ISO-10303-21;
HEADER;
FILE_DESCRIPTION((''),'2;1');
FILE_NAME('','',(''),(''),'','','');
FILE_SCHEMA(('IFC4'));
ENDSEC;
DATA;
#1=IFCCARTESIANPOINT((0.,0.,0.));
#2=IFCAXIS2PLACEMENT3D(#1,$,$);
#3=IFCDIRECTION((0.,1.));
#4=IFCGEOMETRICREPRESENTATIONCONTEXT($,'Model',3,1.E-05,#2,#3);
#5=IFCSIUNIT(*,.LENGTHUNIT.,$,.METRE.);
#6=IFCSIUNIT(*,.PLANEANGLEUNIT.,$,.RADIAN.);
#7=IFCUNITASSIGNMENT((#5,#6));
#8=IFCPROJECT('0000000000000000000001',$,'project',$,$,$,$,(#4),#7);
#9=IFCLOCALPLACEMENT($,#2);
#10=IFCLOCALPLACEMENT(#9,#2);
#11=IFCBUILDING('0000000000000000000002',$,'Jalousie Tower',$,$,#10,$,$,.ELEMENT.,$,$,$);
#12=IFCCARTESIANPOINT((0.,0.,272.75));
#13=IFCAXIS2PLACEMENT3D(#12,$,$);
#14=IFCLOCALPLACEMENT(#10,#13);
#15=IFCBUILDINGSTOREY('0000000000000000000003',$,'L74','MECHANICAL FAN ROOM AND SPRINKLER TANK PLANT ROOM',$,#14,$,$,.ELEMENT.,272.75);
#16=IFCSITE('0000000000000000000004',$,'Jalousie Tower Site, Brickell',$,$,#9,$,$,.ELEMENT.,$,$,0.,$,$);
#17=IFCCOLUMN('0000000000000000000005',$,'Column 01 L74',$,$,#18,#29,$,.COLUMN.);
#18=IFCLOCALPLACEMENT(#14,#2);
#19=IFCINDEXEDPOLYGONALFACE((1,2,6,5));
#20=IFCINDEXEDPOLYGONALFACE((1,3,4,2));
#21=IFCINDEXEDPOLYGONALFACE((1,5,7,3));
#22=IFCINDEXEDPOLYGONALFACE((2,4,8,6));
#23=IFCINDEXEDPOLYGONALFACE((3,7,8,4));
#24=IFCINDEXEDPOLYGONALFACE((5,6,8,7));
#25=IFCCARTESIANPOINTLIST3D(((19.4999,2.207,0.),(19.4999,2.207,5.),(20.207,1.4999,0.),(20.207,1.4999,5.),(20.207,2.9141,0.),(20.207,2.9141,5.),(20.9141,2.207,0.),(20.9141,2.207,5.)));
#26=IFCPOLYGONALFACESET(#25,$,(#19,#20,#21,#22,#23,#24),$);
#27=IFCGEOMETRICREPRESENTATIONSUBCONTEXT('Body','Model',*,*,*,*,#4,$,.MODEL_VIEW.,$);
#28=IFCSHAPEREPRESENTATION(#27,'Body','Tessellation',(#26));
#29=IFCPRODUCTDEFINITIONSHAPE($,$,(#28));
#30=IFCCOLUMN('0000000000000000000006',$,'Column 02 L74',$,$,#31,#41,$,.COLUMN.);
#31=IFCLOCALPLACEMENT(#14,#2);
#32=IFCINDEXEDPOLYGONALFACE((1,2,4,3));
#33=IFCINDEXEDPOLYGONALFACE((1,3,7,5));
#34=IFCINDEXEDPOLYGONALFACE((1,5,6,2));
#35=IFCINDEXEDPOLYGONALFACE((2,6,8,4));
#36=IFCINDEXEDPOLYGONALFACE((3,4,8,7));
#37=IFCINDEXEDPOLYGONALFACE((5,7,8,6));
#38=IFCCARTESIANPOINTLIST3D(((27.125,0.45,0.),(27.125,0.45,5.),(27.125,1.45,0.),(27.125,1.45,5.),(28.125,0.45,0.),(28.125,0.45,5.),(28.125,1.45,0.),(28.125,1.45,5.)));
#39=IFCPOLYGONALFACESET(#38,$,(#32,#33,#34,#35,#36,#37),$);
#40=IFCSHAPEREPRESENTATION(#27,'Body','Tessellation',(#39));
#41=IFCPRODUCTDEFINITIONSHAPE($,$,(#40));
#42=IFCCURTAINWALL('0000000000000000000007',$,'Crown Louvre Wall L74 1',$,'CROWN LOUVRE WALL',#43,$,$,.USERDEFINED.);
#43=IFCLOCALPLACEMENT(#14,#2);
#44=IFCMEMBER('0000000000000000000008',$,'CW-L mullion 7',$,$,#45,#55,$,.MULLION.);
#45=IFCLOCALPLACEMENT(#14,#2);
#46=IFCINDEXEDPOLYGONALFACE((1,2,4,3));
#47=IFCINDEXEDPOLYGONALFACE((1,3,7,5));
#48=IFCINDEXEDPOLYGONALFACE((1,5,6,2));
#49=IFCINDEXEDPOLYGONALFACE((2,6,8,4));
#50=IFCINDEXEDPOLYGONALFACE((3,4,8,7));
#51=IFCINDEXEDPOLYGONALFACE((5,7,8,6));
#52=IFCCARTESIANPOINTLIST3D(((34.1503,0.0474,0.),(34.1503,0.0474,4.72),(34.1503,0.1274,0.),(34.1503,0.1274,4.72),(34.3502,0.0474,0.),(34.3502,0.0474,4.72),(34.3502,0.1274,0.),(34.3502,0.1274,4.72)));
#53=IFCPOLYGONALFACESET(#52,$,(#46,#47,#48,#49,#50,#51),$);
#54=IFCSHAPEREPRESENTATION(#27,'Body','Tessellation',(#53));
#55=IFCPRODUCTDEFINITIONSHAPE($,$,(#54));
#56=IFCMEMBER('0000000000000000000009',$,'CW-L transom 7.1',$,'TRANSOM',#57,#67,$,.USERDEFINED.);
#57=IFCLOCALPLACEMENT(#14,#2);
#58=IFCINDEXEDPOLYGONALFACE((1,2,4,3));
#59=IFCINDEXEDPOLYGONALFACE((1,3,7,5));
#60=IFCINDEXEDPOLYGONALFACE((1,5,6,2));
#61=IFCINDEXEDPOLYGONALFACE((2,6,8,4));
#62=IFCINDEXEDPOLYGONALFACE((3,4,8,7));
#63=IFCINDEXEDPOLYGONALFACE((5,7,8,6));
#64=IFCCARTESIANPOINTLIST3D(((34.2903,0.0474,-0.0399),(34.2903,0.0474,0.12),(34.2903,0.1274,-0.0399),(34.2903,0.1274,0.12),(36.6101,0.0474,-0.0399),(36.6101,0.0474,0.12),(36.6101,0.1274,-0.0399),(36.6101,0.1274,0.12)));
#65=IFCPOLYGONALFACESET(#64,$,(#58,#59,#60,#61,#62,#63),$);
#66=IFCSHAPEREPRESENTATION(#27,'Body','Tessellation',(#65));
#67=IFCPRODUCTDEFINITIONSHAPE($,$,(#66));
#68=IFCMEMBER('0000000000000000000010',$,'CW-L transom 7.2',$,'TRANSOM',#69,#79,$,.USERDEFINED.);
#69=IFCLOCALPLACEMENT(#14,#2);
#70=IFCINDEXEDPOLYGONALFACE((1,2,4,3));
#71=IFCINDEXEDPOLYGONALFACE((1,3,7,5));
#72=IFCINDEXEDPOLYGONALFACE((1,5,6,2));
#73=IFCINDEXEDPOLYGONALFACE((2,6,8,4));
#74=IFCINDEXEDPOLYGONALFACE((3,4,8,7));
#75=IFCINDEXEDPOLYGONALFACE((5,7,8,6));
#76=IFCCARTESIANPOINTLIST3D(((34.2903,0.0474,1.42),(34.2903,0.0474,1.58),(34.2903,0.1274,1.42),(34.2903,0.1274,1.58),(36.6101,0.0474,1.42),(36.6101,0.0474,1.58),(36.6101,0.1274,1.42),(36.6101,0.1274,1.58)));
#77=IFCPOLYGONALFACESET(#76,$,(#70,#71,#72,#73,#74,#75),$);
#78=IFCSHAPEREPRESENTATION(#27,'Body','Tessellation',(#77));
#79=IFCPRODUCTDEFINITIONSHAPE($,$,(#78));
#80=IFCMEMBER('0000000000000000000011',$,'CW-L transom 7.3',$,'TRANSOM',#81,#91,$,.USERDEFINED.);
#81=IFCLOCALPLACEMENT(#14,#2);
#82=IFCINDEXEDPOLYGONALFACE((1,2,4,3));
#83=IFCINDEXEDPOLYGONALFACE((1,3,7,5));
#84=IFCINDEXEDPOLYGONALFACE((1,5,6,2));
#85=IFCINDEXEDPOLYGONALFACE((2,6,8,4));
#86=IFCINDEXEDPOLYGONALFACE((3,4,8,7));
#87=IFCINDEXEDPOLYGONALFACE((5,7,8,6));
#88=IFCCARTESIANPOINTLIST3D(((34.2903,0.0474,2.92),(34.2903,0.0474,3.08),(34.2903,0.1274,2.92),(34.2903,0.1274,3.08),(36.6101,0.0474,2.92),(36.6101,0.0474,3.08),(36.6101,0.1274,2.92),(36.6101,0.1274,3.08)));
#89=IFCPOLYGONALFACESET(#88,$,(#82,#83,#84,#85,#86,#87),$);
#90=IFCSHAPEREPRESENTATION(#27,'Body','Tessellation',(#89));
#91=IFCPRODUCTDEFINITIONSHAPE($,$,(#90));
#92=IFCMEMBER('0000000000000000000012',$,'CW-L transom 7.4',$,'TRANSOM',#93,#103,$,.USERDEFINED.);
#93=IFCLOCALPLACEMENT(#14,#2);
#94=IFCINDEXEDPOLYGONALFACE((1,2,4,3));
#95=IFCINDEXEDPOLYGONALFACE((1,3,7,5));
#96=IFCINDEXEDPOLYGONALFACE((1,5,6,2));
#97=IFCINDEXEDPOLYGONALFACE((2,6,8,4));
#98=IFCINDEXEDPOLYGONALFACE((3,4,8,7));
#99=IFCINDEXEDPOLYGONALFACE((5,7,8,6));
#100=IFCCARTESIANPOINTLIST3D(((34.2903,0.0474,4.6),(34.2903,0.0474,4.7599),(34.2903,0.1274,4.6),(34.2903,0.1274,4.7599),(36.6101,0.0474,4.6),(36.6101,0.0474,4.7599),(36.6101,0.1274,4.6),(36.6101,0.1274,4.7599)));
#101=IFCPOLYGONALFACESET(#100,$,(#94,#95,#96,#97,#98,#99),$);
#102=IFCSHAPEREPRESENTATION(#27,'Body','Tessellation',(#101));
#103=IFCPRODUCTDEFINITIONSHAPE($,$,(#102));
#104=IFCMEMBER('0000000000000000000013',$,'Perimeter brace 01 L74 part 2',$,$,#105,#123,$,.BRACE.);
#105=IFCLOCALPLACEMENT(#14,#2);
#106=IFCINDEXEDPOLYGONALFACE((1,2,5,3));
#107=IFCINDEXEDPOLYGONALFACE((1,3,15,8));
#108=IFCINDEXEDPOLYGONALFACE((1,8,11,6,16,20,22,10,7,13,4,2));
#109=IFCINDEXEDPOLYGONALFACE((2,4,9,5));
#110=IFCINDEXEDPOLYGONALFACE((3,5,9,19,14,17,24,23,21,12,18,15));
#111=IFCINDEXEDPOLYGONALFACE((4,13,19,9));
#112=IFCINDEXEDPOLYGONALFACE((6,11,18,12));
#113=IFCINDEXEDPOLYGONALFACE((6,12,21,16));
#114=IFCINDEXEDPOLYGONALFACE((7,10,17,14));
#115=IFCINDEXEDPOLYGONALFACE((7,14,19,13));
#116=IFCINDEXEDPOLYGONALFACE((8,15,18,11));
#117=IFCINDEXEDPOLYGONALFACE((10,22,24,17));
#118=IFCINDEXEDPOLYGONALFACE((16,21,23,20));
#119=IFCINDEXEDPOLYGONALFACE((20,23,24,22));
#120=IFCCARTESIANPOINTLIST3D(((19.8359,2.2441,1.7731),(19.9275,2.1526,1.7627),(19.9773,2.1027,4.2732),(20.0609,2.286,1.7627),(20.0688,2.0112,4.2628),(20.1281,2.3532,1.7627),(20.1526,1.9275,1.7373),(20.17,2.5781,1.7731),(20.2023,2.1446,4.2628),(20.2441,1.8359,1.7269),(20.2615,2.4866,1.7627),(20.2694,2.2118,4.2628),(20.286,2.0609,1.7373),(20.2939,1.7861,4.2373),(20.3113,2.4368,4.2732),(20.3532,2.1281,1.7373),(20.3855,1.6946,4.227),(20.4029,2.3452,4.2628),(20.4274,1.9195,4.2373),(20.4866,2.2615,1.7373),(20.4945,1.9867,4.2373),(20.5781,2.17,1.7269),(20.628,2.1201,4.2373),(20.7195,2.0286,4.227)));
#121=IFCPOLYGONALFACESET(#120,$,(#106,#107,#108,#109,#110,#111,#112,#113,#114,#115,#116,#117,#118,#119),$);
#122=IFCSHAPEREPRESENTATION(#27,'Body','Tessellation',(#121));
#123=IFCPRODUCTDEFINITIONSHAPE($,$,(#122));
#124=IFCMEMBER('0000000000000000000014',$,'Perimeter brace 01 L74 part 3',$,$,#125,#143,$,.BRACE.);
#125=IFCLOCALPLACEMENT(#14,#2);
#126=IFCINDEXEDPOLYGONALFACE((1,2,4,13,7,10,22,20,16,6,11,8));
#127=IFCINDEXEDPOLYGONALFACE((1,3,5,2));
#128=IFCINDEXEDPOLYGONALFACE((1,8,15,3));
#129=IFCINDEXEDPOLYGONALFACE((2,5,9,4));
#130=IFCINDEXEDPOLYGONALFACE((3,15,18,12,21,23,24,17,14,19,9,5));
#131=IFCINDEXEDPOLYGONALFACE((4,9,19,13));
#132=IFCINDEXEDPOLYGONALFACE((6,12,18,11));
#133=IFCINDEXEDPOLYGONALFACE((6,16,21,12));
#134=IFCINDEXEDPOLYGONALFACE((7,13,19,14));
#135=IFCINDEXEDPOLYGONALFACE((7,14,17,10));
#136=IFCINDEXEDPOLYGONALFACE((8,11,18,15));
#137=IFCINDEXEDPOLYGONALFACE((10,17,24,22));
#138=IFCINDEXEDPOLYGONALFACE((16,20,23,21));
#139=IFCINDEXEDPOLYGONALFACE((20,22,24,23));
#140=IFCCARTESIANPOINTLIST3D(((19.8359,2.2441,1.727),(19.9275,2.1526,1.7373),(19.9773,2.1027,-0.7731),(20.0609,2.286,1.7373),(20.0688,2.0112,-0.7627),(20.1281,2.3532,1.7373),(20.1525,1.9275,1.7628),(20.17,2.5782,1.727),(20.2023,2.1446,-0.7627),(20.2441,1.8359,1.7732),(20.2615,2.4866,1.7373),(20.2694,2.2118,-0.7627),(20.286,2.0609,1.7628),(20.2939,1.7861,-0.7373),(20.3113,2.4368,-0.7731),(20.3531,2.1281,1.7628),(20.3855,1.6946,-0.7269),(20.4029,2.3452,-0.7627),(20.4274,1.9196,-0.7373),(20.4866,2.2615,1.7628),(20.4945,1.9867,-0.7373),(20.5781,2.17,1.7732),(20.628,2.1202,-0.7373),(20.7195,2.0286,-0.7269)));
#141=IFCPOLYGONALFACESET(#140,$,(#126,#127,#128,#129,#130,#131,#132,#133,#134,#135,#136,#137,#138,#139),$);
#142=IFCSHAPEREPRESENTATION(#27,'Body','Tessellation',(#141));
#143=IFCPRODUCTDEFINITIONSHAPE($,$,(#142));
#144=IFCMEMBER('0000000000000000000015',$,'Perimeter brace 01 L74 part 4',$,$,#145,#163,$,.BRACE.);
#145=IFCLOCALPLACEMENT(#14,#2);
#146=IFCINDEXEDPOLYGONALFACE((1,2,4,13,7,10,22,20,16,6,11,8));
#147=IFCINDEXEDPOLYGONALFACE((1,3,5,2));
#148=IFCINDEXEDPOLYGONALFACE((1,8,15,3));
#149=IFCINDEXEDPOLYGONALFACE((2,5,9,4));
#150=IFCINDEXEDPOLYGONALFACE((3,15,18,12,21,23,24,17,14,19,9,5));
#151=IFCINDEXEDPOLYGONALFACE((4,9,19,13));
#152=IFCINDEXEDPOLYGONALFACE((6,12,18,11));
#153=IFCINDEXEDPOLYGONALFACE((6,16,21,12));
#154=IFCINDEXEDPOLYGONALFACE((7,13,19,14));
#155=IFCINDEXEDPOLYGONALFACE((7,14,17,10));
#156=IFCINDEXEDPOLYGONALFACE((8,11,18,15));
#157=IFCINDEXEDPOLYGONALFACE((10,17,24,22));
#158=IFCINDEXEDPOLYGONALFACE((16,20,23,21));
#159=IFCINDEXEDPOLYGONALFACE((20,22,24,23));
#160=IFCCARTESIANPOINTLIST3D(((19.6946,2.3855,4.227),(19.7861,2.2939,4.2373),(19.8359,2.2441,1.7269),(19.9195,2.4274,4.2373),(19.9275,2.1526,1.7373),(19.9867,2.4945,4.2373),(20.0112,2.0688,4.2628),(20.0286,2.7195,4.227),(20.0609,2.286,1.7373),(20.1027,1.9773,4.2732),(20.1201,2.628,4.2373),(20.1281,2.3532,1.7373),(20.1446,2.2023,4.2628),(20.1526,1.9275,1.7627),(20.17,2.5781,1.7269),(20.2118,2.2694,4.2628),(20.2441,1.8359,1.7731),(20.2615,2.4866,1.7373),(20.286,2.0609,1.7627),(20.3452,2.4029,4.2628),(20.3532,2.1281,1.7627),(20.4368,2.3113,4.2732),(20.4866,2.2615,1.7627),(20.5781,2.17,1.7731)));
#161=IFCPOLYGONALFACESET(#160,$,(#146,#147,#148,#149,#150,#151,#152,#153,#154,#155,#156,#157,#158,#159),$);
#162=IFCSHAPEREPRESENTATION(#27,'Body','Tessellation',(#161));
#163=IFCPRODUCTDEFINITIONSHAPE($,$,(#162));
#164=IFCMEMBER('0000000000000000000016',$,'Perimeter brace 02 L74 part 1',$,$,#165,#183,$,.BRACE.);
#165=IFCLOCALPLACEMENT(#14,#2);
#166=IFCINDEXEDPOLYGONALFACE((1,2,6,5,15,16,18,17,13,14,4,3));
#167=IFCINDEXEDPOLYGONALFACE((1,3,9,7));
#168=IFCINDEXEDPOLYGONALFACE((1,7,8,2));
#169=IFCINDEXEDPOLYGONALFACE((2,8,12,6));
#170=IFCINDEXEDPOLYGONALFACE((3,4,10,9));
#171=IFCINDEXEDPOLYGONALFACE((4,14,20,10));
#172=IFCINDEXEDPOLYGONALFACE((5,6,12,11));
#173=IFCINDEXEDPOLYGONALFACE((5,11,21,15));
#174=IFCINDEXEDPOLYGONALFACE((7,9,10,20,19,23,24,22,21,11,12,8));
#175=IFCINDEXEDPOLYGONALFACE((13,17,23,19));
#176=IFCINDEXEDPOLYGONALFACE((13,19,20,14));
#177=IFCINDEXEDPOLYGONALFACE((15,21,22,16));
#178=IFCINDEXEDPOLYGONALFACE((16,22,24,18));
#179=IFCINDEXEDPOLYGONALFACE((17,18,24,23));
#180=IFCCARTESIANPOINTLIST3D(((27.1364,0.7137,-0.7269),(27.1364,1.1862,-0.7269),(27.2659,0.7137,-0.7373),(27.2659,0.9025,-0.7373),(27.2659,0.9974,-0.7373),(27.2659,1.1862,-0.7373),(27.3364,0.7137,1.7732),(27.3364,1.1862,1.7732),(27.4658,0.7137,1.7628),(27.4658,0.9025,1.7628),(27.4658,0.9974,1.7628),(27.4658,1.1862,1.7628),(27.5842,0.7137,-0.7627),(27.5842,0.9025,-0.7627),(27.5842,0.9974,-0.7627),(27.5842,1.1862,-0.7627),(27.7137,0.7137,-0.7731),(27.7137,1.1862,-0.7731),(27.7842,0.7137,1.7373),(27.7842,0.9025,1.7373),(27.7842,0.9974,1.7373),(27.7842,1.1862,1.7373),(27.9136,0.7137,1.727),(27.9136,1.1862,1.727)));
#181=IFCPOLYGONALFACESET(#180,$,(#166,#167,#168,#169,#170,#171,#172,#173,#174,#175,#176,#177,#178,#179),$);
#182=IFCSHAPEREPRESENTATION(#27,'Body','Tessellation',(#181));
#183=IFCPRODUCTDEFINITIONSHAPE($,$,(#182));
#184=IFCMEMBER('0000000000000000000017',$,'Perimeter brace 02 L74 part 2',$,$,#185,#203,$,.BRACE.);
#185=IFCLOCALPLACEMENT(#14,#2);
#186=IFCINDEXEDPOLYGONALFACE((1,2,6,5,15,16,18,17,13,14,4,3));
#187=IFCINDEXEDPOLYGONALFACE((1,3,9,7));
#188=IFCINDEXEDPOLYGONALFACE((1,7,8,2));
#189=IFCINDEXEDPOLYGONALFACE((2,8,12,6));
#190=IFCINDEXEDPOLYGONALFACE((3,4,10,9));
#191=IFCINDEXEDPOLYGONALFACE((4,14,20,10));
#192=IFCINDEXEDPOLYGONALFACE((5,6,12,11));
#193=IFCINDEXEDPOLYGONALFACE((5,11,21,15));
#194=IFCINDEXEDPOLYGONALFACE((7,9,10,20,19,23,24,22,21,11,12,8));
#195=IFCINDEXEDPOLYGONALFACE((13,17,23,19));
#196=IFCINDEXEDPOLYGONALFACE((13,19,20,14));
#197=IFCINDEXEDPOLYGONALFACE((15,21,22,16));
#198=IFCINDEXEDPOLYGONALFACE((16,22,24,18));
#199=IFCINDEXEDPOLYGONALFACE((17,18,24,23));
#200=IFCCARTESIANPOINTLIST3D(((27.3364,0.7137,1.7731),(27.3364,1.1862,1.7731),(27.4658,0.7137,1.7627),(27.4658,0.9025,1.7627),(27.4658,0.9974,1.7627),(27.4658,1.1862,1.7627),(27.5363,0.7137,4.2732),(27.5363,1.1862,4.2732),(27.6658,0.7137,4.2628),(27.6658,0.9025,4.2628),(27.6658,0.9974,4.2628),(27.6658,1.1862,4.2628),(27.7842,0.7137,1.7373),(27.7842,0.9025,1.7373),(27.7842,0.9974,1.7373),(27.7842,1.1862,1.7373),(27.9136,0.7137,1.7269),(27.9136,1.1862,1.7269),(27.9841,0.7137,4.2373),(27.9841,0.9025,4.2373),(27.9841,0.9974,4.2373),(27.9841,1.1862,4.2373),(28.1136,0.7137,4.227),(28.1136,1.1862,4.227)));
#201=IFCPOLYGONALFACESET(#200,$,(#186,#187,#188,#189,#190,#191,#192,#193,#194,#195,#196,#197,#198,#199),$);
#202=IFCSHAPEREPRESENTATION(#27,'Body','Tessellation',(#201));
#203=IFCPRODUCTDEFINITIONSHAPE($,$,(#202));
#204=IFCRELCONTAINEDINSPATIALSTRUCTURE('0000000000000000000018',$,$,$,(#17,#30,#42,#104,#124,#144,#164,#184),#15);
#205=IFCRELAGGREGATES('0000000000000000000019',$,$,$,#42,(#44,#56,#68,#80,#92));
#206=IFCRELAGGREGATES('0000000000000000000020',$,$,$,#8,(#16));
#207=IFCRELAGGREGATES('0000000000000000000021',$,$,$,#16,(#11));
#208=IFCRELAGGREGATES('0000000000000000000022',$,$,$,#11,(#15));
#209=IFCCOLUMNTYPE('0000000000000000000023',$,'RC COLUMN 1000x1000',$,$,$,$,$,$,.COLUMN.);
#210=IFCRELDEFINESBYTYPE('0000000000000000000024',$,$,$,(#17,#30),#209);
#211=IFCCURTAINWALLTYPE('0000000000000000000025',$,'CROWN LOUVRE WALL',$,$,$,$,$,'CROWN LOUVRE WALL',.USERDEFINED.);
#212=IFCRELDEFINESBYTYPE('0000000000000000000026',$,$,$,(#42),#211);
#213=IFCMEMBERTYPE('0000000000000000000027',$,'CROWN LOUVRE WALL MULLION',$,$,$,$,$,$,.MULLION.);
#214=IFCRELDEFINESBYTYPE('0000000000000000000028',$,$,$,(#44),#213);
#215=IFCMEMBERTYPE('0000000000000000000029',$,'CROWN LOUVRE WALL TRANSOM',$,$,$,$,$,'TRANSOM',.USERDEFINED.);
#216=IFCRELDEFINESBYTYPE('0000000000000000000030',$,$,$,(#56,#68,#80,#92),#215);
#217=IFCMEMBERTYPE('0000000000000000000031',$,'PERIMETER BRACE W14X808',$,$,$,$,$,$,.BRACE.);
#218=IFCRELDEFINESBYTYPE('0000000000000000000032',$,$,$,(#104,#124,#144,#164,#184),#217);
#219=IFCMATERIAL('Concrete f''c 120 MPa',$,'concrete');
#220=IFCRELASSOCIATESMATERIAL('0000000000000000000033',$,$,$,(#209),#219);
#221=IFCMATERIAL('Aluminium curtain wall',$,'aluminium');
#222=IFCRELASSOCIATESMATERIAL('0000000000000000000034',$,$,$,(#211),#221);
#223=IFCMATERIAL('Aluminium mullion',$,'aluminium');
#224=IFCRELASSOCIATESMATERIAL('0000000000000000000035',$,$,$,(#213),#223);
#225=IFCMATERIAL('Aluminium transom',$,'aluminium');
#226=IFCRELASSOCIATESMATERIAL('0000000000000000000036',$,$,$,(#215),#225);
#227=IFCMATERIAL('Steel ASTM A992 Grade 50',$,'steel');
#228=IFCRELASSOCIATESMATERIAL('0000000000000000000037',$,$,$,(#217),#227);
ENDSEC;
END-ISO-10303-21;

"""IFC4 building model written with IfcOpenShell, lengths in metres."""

from ifc_helpers import new_model, si_unit, direction, frame, origin, origin_2d, place, context, subcontext, project, spatial, rectangle, i_section, extrude, material, material_profile, profile_set, type_object, element, aggregate, save


model = new_model("IFC4")

# Units and contexts
model_context = context("Model", 3, precision=1e-05, world=origin(), true_north=direction((0.0, 1.0)))
body_context = subcontext(model_context, "Body", "Model", "MODEL_VIEW")
ifc_project = project(units=[si_unit("LENGTHUNIT", "METRE"), si_unit("PLANEANGLEUNIT", "RADIAN")], contexts=[model_context])

# Site, building, storey
site_placement = place(None, origin())
site = spatial("IfcSite", under=ifc_project, at=site_placement, Name="Jalousie Tower Site, Brickell", CompositionType="ELEMENT", RefElevation=0.0)
building_placement = place(site_placement, origin())
building = spatial("IfcBuilding", under=site, at=building_placement, Name="Jalousie Tower", CompositionType="ELEMENT")
storey_placement = place(building_placement, frame((0.0, 0.0, 272.75)))
storey = spatial("IfcBuildingStorey", under=building, at=storey_placement, Name="L74", Description="MECHANICAL FAN ROOM AND SPRINKLER TANK PLANT ROOM", CompositionType="ELEMENT", Elevation=272.75)

# Columns
ifc_material_1 = material(Name="Concrete f'c 120 MPa", Category="concrete")
ifc_material_profile_1 = material_profile(ifc_material_1, rectangle(XDim=1.0, YDim=1.0, at=origin_2d()), Name="RC 1000x1000")
ifc_profile_set_1 = profile_set([ifc_material_profile_1], Name="Concrete f'c 120 MPa")
column_type = type_object("IfcColumnType", Name="RC COLUMN 1000x1000", PredefinedType="COLUMN", material=ifc_profile_set_1)
for number, where, z_axis, x_axis, name in (
    (1, (20.207, 2.207, 0.0), (0.0, 0.0, 1.0), (0.707107, 0.707107, 0.0), "Column 01 L74"),
    (2, (27.625, 0.95, 0.0), (0.0, 0.0, 1.0), (1.0, 0.0, 0.0), "Column 02 L74"),
):
    element("IfcColumn", number, at=place(storey_placement, frame(where, z_axis=z_axis, x_axis=x_axis)), inside=storey, type_object=column_type, Name=name, PredefinedType="COLUMN", context=body_context, shape_type="SweptSolid", body=[
        extrude(rectangle(XDim=1.0, YDim=1.0, at=origin_2d()), origin(), (0.0, 0.0, 1.0), 5.0),
    ])

# Curtain wall, members
ifc_material_2 = material(Name="Aluminium curtain wall", Category="aluminium")
curtain_wall_type = type_object("IfcCurtainWallType", Name="CROWN LOUVRE WALL", ElementType="CROWN LOUVRE WALL", PredefinedType="USERDEFINED", material=ifc_material_2)
curtain_wall_placement = place(storey_placement, origin())
curtain_wall = element("IfcCurtainWall", 3, at=curtain_wall_placement, inside=storey, type_object=curtain_wall_type, Name="Crown Louvre Wall L74 1", ObjectType="CROWN LOUVRE WALL", PredefinedType="USERDEFINED")
ifc_material_3 = material(Name="Aluminium mullion", Category="aluminium")
ifc_material_profile_2 = material_profile(ifc_material_3, rectangle(XDim=0.0801, YDim=0.2, at=origin_2d()), Name="MULLION 80x200")
ifc_profile_set_2 = profile_set([ifc_material_profile_2], Name="Aluminium mullion")
member_type_1 = type_object("IfcMemberType", Name="CROWN LOUVRE WALL MULLION", PredefinedType="MULLION", material=ifc_profile_set_2)
member_1_placement = place(storey_placement, frame((34.2502, 0.0874, 0.0), z_axis=(0.0, 0.0, 1.0), x_axis=(0.0, 1.0, 0.0)))
member_1 = element("IfcMember", 4, at=member_1_placement, type_object=member_type_1, Name="CW-L mullion 7", PredefinedType="MULLION", context=body_context, shape_type="SweptSolid", body=[
    extrude(rectangle(XDim=0.0801, YDim=0.2, at=origin_2d()), origin(), (0.0, 0.0, 1.0), 4.72),
])
ifc_material_4 = material(Name="Aluminium transom", Category="aluminium")
ifc_material_profile_3 = material_profile(ifc_material_4, rectangle(XDim=0.0801, YDim=0.1599, at=origin_2d()), Name="TRANSOM 80x160")
ifc_profile_set_3 = profile_set([ifc_material_profile_3], Name="Aluminium transom")
member_type_2 = type_object("IfcMemberType", Name="CROWN LOUVRE WALL TRANSOM", ElementType="TRANSOM", PredefinedType="USERDEFINED", material=ifc_profile_set_3)
member_2_placement = place(storey_placement, frame((34.2903, 0.0874, 0.04), z_axis=(1.0, 0.0, 0.0), x_axis=(0.0, 1.0, 0.0)))
member_2 = element("IfcMember", 5, at=member_2_placement, type_object=member_type_2, Name="CW-L transom 7.1", ObjectType="TRANSOM", PredefinedType="USERDEFINED", context=body_context, shape_type="SweptSolid", body=[
    extrude(rectangle(XDim=0.0801, YDim=0.1599, at=origin_2d()), origin(), (0.0, 0.0, 1.0), 2.3198),
])
member_3_placement = place(storey_placement, frame((34.2903, 0.0874, 1.5), z_axis=(1.0, 0.0, 0.0), x_axis=(0.0, 1.0, 0.0)))
member_3 = element("IfcMember", 6, at=member_3_placement, type_object=member_type_2, Name="CW-L transom 7.2", ObjectType="TRANSOM", PredefinedType="USERDEFINED", context=body_context, shape_type="SweptSolid", body=[
    extrude(rectangle(XDim=0.0801, YDim=0.1599, at=origin_2d()), origin(), (0.0, 0.0, 1.0), 2.3198),
])
member_4_placement = place(storey_placement, frame((34.2903, 0.0874, 3.0), z_axis=(1.0, 0.0, 0.0), x_axis=(0.0, 1.0, 0.0)))
member_4 = element("IfcMember", 7, at=member_4_placement, type_object=member_type_2, Name="CW-L transom 7.3", ObjectType="TRANSOM", PredefinedType="USERDEFINED", context=body_context, shape_type="SweptSolid", body=[
    extrude(rectangle(XDim=0.0801, YDim=0.1599, at=origin_2d()), origin(), (0.0, 0.0, 1.0), 2.3198),
])
member_5_placement = place(storey_placement, frame((34.2903, 0.0874, 4.6799), z_axis=(1.0, 0.0, 0.0), x_axis=(0.0, 1.0, 0.0)))
member_5 = element("IfcMember", 8, at=member_5_placement, type_object=member_type_2, Name="CW-L transom 7.4", ObjectType="TRANSOM", PredefinedType="USERDEFINED", context=body_context, shape_type="SweptSolid", body=[
    extrude(rectangle(XDim=0.0801, YDim=0.1599, at=origin_2d()), origin(), (0.0, 0.0, 1.0), 2.3198),
])

# Members
ifc_material_5 = material(Name="Steel ASTM A992 Grade 50", Category="steel")
ifc_material_profile_4 = material_profile(ifc_material_5, i_section(OverallWidth=0.4724, OverallDepth=0.5791, WebThickness=0.095, FlangeThickness=0.1299, at=origin_2d()), Name="W14X808")
ifc_profile_set_4 = profile_set([ifc_material_profile_4], Name="Steel ASTM A992 Grade 50")
member_type_3 = type_object("IfcMemberType", Name="PERIMETER BRACE W14X808", PredefinedType="BRACE", material=ifc_profile_set_4)
for number, where, z_axis, x_axis, name in (
    (9, (20.207, 2.207, 1.75), (0.056363, -0.056363, 0.996818), (0.707107, 0.707107, 0.0), "Perimeter brace 01 L74 part 2"),
    (10, (20.3484, 2.0657, -0.75), (-0.056363, 0.056363, 0.996818), (-0.707107, -0.707107, 0.0), "Perimeter brace 01 L74 part 3"),
    (11, (20.207, 2.207, 1.75), (-0.056363, 0.056363, 0.996818), (-0.707107, -0.707107, 0.0), "Perimeter brace 01 L74 part 4"),
    (12, (27.425, 0.95, -0.75), (0.079726, 0.0, 0.996817), (0.0, 1.0, 0.0), "Perimeter brace 02 L74 part 1"),
    (13, (27.625, 0.95, 1.75), (0.079726, 0.0, 0.996817), (0.0, 1.0, 0.0), "Perimeter brace 02 L74 part 2"),
):
    element("IfcMember", number, at=place(storey_placement, frame(where, z_axis=z_axis, x_axis=x_axis)), inside=storey, type_object=member_type_3, Name=name, PredefinedType="BRACE", context=body_context, shape_type="SweptSolid", body=[
        extrude(i_section(OverallWidth=0.4724, OverallDepth=0.5791, WebThickness=0.095, FlangeThickness=0.1299, at=origin_2d()), origin(), (0.0, 0.0, 1.0), 2.5081),
    ])

aggregate(curtain_wall, [member_1, member_2, member_3, member_4, member_5])

save(model, "model.ifc")
